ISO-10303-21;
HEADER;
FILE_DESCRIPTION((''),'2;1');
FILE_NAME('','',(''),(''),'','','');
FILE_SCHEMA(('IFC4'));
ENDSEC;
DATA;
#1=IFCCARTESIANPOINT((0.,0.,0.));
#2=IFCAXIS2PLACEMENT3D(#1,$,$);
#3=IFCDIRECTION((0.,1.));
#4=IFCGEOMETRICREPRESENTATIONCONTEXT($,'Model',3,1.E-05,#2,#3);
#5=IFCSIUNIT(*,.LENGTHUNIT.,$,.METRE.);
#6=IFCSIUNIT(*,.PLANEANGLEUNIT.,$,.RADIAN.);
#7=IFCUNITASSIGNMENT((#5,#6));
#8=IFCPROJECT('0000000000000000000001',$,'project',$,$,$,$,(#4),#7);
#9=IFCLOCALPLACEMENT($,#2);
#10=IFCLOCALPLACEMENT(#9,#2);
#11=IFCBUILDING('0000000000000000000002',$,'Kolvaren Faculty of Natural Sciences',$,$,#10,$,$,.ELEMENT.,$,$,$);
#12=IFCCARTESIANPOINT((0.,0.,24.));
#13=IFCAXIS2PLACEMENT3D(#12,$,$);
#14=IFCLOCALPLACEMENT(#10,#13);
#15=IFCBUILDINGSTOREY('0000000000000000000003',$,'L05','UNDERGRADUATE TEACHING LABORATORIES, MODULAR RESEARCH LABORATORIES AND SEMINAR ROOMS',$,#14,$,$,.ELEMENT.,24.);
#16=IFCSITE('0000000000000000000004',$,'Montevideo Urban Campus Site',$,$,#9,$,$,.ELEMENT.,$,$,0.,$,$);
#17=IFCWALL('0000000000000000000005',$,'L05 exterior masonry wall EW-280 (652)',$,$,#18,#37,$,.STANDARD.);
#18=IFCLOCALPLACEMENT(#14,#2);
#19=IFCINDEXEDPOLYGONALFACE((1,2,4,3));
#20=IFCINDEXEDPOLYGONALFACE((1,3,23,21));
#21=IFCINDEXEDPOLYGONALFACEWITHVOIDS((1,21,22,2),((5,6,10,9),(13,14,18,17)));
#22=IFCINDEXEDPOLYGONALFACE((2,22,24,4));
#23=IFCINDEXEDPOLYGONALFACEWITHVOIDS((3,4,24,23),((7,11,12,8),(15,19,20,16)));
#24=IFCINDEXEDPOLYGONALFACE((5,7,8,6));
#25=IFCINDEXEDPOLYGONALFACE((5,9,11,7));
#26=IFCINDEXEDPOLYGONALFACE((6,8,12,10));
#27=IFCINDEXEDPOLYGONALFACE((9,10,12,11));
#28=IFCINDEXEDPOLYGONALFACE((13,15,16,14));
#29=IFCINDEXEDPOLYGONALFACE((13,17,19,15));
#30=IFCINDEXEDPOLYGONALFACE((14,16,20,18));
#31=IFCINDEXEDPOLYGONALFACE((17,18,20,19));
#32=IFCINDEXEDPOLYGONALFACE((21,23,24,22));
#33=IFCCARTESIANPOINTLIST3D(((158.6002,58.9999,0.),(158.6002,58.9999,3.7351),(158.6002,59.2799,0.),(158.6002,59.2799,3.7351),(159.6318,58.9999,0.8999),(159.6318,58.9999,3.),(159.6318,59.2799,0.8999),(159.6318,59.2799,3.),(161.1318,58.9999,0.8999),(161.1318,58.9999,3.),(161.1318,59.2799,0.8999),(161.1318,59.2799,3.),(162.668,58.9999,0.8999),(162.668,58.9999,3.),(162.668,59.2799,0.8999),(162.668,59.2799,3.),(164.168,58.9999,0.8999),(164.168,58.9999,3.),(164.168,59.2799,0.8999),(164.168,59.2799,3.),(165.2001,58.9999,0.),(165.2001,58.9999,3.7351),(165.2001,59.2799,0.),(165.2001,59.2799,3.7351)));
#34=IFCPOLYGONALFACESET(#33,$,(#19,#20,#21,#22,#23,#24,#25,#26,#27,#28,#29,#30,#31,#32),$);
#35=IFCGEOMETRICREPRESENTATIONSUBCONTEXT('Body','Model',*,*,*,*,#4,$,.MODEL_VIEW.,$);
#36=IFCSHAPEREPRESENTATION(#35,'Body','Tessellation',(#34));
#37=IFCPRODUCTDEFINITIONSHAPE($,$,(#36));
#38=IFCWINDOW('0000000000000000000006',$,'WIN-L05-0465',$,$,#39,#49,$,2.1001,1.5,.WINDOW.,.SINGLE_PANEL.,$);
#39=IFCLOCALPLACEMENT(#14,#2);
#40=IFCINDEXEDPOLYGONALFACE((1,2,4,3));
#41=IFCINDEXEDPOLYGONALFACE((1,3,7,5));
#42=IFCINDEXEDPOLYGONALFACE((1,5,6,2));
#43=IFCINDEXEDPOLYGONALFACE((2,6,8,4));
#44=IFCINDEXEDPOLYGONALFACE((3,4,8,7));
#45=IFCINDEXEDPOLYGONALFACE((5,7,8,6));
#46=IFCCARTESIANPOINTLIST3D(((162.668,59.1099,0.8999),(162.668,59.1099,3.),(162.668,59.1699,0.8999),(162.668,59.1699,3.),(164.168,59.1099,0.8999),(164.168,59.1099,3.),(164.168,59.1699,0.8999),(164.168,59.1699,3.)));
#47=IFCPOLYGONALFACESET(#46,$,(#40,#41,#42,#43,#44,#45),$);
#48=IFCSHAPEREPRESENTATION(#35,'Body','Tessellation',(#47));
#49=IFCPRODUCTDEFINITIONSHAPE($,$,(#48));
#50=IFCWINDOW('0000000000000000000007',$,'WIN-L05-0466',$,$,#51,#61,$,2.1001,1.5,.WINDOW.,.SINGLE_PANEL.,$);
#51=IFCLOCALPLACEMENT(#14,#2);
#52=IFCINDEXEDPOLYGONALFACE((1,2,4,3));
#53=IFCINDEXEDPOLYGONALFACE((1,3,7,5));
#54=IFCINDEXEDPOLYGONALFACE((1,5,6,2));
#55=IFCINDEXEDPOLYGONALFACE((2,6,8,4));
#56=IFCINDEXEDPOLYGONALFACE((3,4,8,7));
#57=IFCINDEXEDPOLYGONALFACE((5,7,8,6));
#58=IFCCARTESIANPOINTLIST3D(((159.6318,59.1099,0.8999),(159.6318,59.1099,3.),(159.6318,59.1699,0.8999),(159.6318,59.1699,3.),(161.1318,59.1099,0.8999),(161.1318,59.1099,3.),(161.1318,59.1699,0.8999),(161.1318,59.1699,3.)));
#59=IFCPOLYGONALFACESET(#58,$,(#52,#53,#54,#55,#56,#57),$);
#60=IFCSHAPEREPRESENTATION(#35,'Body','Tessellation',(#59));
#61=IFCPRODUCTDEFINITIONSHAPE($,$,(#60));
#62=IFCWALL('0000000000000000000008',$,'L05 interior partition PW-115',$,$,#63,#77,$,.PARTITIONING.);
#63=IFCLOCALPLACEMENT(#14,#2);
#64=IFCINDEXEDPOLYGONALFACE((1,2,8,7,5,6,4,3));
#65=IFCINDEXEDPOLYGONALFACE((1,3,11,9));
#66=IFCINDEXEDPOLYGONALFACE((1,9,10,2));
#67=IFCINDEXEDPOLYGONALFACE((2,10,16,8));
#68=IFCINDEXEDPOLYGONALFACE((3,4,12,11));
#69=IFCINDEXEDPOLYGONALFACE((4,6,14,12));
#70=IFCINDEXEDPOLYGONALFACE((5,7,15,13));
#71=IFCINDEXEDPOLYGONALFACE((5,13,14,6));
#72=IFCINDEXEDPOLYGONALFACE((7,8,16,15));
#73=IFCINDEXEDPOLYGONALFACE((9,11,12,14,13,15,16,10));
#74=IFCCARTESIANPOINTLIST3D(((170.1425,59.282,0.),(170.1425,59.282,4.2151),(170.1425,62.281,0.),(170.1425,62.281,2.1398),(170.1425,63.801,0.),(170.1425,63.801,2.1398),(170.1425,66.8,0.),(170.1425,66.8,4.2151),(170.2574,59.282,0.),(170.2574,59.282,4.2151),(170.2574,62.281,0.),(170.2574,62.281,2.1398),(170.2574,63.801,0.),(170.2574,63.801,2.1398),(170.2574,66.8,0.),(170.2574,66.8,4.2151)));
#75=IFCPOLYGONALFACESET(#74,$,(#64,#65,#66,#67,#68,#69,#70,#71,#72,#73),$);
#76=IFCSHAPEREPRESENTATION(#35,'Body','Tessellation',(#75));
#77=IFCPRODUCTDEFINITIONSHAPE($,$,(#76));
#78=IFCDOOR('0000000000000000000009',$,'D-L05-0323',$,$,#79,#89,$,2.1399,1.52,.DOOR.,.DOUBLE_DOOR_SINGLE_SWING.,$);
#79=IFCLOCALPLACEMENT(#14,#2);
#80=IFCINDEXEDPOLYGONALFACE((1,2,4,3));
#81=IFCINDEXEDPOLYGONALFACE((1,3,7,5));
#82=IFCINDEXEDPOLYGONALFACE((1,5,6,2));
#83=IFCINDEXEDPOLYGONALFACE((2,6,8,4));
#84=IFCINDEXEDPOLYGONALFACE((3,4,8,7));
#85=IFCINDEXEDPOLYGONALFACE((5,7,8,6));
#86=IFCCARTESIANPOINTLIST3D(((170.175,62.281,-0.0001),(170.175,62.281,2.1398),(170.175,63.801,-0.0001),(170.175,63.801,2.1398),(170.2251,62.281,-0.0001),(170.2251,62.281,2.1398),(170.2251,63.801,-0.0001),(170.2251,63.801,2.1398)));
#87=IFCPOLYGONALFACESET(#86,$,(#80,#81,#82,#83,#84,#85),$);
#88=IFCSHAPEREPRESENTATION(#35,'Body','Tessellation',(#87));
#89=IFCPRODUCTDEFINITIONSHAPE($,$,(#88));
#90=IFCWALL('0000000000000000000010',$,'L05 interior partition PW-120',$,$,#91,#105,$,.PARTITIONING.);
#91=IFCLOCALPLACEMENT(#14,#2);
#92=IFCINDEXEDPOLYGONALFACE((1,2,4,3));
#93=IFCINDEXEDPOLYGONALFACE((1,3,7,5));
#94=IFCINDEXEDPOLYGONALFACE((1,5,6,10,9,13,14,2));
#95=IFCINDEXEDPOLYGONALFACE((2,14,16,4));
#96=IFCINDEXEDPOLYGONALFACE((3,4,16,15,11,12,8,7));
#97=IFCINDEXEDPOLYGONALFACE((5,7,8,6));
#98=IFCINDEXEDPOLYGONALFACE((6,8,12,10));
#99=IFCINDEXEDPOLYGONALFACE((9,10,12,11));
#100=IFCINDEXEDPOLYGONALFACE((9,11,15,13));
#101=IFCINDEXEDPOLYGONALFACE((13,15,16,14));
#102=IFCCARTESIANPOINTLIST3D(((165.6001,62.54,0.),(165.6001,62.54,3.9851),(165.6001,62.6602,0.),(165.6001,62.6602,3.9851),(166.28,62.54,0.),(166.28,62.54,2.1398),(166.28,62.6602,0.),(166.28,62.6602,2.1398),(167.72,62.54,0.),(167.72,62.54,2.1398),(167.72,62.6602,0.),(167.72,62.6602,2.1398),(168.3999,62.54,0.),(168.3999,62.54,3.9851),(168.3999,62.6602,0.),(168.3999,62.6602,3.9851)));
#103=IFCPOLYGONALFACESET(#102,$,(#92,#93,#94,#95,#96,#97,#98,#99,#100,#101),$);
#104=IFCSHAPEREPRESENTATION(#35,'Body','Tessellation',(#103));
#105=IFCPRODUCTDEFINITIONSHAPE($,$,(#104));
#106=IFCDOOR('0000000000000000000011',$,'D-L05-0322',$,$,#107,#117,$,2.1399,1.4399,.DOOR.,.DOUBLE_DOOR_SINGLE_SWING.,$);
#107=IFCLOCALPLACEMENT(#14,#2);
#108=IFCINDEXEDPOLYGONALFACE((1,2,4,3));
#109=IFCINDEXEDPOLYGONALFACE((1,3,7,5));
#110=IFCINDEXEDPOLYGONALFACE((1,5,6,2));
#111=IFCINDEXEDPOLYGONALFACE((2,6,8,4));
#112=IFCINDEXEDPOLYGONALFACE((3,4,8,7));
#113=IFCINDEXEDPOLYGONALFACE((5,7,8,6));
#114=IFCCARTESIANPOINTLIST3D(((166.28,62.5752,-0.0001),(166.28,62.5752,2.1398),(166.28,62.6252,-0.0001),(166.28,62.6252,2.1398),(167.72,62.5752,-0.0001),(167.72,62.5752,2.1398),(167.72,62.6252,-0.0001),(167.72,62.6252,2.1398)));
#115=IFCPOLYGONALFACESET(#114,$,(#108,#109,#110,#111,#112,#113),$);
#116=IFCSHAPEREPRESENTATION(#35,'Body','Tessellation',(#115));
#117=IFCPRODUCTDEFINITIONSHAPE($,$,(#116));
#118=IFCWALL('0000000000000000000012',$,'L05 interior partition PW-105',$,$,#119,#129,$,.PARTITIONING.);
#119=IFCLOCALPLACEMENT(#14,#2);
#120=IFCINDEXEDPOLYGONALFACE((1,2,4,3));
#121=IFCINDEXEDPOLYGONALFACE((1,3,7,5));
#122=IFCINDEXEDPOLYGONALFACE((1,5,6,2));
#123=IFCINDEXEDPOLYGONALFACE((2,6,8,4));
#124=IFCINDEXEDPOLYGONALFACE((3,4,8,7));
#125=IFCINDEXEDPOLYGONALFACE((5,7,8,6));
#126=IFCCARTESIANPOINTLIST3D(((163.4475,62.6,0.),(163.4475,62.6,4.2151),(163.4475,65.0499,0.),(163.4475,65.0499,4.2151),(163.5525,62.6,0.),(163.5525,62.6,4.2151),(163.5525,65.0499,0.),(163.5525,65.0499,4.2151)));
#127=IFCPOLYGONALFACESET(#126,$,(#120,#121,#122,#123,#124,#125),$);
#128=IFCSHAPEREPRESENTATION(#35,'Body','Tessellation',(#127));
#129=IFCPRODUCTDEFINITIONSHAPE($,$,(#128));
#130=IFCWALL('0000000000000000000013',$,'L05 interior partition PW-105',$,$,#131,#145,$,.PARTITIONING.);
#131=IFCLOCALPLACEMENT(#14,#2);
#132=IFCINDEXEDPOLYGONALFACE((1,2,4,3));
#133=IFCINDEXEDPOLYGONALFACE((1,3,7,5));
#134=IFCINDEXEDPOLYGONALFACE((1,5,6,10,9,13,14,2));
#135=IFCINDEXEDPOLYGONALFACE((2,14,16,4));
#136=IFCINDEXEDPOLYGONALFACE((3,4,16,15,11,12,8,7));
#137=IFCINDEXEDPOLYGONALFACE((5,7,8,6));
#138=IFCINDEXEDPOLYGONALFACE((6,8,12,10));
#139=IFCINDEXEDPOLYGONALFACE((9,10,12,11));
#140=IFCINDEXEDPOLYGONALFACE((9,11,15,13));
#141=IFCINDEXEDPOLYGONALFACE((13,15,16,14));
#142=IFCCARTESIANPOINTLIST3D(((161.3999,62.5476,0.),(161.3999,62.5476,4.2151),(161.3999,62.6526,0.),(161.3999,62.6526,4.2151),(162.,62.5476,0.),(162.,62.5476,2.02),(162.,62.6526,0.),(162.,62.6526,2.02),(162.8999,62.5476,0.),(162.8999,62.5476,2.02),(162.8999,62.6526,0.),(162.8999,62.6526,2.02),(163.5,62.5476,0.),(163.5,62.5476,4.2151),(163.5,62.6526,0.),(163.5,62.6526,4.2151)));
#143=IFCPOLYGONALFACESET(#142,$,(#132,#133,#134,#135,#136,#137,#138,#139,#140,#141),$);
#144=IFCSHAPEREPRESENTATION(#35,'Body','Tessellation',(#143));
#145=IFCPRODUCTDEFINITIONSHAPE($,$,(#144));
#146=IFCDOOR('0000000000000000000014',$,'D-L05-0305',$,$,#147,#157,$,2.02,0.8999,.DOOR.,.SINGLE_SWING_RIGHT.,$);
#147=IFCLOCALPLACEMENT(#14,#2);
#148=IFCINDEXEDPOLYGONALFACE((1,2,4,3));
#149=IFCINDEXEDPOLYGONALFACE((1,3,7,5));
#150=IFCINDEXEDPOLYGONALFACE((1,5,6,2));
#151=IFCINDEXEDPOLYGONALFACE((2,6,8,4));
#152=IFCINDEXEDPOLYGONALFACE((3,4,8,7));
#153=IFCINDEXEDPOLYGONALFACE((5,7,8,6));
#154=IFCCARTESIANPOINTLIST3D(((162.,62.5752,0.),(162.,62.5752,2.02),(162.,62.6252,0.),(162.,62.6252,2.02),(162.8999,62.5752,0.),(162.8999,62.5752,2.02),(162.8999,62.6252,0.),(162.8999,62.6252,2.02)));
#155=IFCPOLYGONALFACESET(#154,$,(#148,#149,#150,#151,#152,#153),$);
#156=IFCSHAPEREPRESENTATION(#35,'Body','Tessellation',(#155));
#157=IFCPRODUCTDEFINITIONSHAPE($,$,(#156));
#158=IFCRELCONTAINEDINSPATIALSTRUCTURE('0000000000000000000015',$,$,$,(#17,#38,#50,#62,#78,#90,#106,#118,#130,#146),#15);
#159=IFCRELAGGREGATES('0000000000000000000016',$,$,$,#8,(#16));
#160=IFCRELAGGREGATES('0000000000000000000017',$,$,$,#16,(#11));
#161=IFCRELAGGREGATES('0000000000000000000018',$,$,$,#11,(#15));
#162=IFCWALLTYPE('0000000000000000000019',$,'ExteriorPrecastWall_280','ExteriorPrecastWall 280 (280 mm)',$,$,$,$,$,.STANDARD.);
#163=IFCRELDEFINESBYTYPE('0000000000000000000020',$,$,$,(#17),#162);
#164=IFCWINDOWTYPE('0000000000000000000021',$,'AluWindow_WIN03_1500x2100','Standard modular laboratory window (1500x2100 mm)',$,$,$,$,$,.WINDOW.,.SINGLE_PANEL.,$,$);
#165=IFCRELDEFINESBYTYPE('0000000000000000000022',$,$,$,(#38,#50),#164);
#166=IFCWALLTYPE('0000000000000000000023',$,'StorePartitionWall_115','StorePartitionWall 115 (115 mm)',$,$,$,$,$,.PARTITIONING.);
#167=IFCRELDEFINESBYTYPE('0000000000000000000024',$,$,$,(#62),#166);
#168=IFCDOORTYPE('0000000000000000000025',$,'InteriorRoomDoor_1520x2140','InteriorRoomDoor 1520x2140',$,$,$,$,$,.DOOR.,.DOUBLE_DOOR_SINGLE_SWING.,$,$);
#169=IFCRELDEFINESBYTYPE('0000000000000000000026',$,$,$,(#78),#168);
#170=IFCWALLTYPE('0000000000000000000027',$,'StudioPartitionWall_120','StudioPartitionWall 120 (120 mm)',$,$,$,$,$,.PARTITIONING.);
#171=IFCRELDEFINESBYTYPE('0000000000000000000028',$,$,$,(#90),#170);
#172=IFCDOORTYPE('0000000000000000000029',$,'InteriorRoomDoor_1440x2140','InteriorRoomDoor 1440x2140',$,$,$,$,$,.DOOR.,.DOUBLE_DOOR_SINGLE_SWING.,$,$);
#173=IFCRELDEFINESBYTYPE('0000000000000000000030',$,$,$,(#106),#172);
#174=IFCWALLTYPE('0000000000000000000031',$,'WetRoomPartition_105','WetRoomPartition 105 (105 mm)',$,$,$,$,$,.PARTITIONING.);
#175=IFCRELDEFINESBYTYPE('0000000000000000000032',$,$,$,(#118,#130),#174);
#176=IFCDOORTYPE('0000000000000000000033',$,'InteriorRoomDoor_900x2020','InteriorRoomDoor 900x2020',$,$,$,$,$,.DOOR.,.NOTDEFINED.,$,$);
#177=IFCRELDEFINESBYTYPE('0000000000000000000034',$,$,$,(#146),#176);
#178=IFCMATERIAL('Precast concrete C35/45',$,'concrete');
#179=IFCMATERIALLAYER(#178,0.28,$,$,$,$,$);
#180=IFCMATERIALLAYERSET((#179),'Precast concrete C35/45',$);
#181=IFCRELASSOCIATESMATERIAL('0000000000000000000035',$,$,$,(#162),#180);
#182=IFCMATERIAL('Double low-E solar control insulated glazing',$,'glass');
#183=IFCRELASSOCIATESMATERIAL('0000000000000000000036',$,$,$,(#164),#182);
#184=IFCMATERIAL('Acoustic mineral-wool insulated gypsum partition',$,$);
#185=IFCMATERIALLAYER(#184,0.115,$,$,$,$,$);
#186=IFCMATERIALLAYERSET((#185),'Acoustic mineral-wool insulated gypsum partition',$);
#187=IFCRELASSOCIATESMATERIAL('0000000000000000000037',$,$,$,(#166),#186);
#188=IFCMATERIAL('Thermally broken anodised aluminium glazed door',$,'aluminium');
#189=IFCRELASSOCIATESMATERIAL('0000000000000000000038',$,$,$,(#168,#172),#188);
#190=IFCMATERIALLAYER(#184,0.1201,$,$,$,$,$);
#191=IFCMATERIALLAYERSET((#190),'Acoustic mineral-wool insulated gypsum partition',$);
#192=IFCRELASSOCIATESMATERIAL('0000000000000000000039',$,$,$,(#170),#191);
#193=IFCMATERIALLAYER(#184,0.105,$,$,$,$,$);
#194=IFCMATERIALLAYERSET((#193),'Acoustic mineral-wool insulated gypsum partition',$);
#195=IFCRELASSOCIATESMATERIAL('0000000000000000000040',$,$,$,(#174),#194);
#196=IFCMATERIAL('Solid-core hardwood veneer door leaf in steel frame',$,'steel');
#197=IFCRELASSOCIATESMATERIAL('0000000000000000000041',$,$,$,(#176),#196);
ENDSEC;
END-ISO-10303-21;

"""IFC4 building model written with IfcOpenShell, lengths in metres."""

from ifc_helpers import new_model, si_unit, direction, frame, frame_2d, origin, place, context, subcontext, project, spatial, rectangle, extrude, material, layer, layer_set, type_object, element, fill, save


model = new_model("IFC4")

# Units and contexts
model_context = context("Model", 3, precision=1e-05, world=origin(), true_north=direction((0.0, 1.0)))
body_context = subcontext(model_context, "Body", "Model", "MODEL_VIEW")
ifc_project = project(units=[si_unit("LENGTHUNIT", "METRE"), si_unit("PLANEANGLEUNIT", "RADIAN")], contexts=[model_context])

# Site, building, storey
site_placement = place(None, origin())
site = spatial("IfcSite", under=ifc_project, at=site_placement, Name="Montevideo Urban Campus Site", CompositionType="ELEMENT", RefElevation=0.0)
building_placement = place(site_placement, origin())
building = spatial("IfcBuilding", under=site, at=building_placement, Name="Kolvaren Faculty of Natural Sciences", CompositionType="ELEMENT")
storey_placement = place(building_placement, frame((0.0, 0.0, 24.0)))
storey = spatial("IfcBuildingStorey", under=building, at=storey_placement, Name="L05", Description="UNDERGRADUATE TEACHING LABORATORIES, MODULAR RESEARCH LABORATORIES AND SEMINAR ROOMS", CompositionType="ELEMENT", Elevation=24.0)

# Wall, openings, windows
ifc_material_1 = material(Name="Precast concrete C35/45", Category="concrete")
ifc_layer_1 = layer(ifc_material_1, 0.28)
ifc_layer_set_1 = layer_set([ifc_layer_1], Name="Precast concrete C35/45")
wall_type_1 = type_object("IfcWallType", Name="ExteriorPrecastWall_280", Description="ExteriorPrecastWall 280 (280 mm)", PredefinedType="STANDARD", material=ifc_layer_set_1)
ifc_material_2 = material(Name="Double low-E solar control insulated glazing", Category="glass")
wall_1_placement = place(storey_placement, frame((165.2, 59.1399, 0.0), z_axis=(0.0, 0.0, 1.0), x_axis=(-1.0, 0.0, 0.0)))
wall_1 = element("IfcWall", 1, at=wall_1_placement, inside=storey, type_object=wall_type_1, Name="L05 exterior masonry wall EW-280 (652)", PredefinedType="STANDARD", context=body_context, shape_type="SweptSolid", body=[
    extrude(rectangle(XDim=6.5999, YDim=0.28, at=frame_2d((3.2998, 0.0))), origin(), (0.0, 0.0, 1.0), 3.7351),
])
opening_1_placement = place(wall_1_placement, frame((1.032, 0.0, 0.8999)))
opening_1 = element("IfcOpeningElement", 2, at=opening_1_placement, cuts=wall_1, PredefinedType="OPENING", context=body_context, shape_type="SweptSolid", body=[
    extrude(rectangle(XDim=1.5, YDim=2.1001, at=frame_2d((0.75, 1.05))), frame((0.0, 0.1499, 0.0), z_axis=(0.0, -1.0, 0.0), x_axis=(1.0, 0.0, 0.0)), (0.0, 0.0, 1.0), 0.3),
])
opening_2_placement = place(wall_1_placement, frame((4.0681, 0.0, 0.8999)))
opening_2 = element("IfcOpeningElement", 3, at=opening_2_placement, cuts=wall_1, PredefinedType="OPENING", context=body_context, shape_type="SweptSolid", body=[
    extrude(rectangle(XDim=1.5, YDim=2.1001, at=frame_2d((0.75, 1.05))), frame((0.0, 0.1499, 0.0), z_axis=(0.0, -1.0, 0.0), x_axis=(1.0, 0.0, 0.0)), (0.0, 0.0, 1.0), 0.3),
])
window_type_1 = type_object("IfcWindowType", Name="AluWindow_WIN03_1500x2100", Description="Standard modular laboratory window (1500x2100 mm)", PartitioningType="SINGLE_PANEL", PredefinedType="WINDOW", material=ifc_material_2)
window_1_placement = place(opening_1_placement, origin())
window_1 = element("IfcWindow", 4, at=window_1_placement, inside=storey, type_object=window_type_1, Name="WIN-L05-0465", OverallHeight=2.1001, OverallWidth=1.5, PartitioningType="SINGLE_PANEL", PredefinedType="WINDOW", context=body_context, shape_type="SweptSolid", body=[
    extrude(rectangle(XDim=1.5, YDim=2.1001, at=frame_2d((0.75, 1.05))), frame((0.0, 0.03, 0.0), z_axis=(0.0, -1.0, 0.0), x_axis=(1.0, 0.0, 0.0)), (0.0, 0.0, 1.0), 0.0601),
])
fill(opening_1, window_1)
window_2_placement = place(opening_2_placement, origin())
window_2 = element("IfcWindow", 5, at=window_2_placement, inside=storey, type_object=window_type_1, Name="WIN-L05-0466", OverallHeight=2.1001, OverallWidth=1.5, PartitioningType="SINGLE_PANEL", PredefinedType="WINDOW", context=body_context, shape_type="SweptSolid", body=[
    extrude(rectangle(XDim=1.5, YDim=2.1001, at=frame_2d((0.75, 1.05))), frame((0.0, 0.03, 0.0), z_axis=(0.0, -1.0, 0.0), x_axis=(1.0, 0.0, 0.0)), (0.0, 0.0, 1.0), 0.0601),
])
fill(opening_2, window_2)

# Walls, openings, doors
ifc_material_3 = material(Name="Acoustic mineral-wool insulated gypsum partition")
ifc_layer_2 = layer(ifc_material_3, 0.115)
ifc_layer_set_2 = layer_set([ifc_layer_2], Name="Acoustic mineral-wool insulated gypsum partition")
wall_type_2 = type_object("IfcWallType", Name="StorePartitionWall_115", Description="StorePartitionWall 115 (115 mm)", PredefinedType="PARTITIONING", material=ifc_layer_set_2)
wall_2_placement = place(storey_placement, frame((170.2, 59.282, 0.0), z_axis=(0.0, 0.0, 1.0), x_axis=(0.0, 1.0, 0.0)))
wall_2 = element("IfcWall", 6, at=wall_2_placement, inside=storey, type_object=wall_type_2, Name="L05 interior partition PW-115", PredefinedType="PARTITIONING", context=body_context, shape_type="SweptSolid", body=[
    extrude(rectangle(XDim=7.5181, YDim=0.115, at=frame_2d((3.759, 0.0))), origin(), (0.0, 0.0, 1.0), 4.2151),
])
opening_3_placement = place(wall_2_placement, frame((2.999, 0.0, 0.0)))
opening_3 = element("IfcOpeningElement", 7, at=opening_3_placement, cuts=wall_2, PredefinedType="OPENING", context=body_context, shape_type="SweptSolid", body=[
    extrude(rectangle(XDim=1.52, YDim=2.1399, at=frame_2d((0.76, 1.0698))), frame((0.0, 0.0674, 0.0), z_axis=(0.0, -1.0, 0.0), x_axis=(1.0, 0.0, 0.0)), (0.0, 0.0, 1.0), 0.135),
])
ifc_material_4 = material(Name="Thermally broken anodised aluminium glazed door", Category="aluminium")
door_type_1 = type_object("IfcDoorType", Name="InteriorRoomDoor_1520x2140", Description="InteriorRoomDoor 1520x2140", OperationType="DOUBLE_DOOR_SINGLE_SWING", PredefinedType="DOOR", material=ifc_material_4)
door_1_placement = place(opening_3_placement, origin())
door_1 = element("IfcDoor", 8, at=door_1_placement, inside=storey, type_object=door_type_1, Name="D-L05-0323", OperationType="DOUBLE_DOOR_SINGLE_SWING", OverallHeight=2.1399, OverallWidth=1.52, PredefinedType="DOOR", context=body_context, shape_type="SweptSolid", body=[
    extrude(rectangle(XDim=1.52, YDim=2.1399, at=frame_2d((0.76, 1.0698))), frame((0.0, 0.0249, 0.0), z_axis=(0.0, -1.0, 0.0), x_axis=(1.0, 0.0, 0.0)), (0.0, 0.0, 1.0), 0.05),
])
fill(opening_3, door_1)
ifc_layer_3 = layer(ifc_material_3, 0.1201)
ifc_layer_set_3 = layer_set([ifc_layer_3], Name="Acoustic mineral-wool insulated gypsum partition")
wall_type_3 = type_object("IfcWallType", Name="StudioPartitionWall_120", Description="StudioPartitionWall 120 (120 mm)", PredefinedType="PARTITIONING", material=ifc_layer_set_3)
wall_3_placement = place(storey_placement, frame((168.3999, 62.6001, 0.0), z_axis=(0.0, 0.0, 1.0), x_axis=(-1.0, 0.0, 0.0)))
wall_3 = element("IfcWall", 9, at=wall_3_placement, inside=storey, type_object=wall_type_3, Name="L05 interior partition PW-120", PredefinedType="PARTITIONING", context=body_context, shape_type="SweptSolid", body=[
    extrude(rectangle(XDim=2.7998, YDim=0.1201, at=frame_2d((1.3999, 0.0))), origin(), (0.0, 0.0, 1.0), 3.9851),
])
opening_4_placement = place(wall_3_placement, frame((0.6799, 0.0, 0.0)))
opening_4 = element("IfcOpeningElement", 10, at=opening_4_placement, cuts=wall_3, PredefinedType="OPENING", context=body_context, shape_type="SweptSolid", body=[
    extrude(rectangle(XDim=1.4399, YDim=2.1399, at=frame_2d((0.72, 1.0698))), frame((0.0, 0.0701, 0.0), z_axis=(0.0, -1.0, 0.0), x_axis=(1.0, 0.0, 0.0)), (0.0, 0.0, 1.0), 0.1401),
])
door_type_2 = type_object("IfcDoorType", Name="InteriorRoomDoor_1440x2140", Description="InteriorRoomDoor 1440x2140", OperationType="DOUBLE_DOOR_SINGLE_SWING", PredefinedType="DOOR", material=ifc_material_4)
door_2_placement = place(opening_4_placement, origin())
door_2 = element("IfcDoor", 11, at=door_2_placement, inside=storey, type_object=door_type_2, Name="D-L05-0322", OperationType="DOUBLE_DOOR_SINGLE_SWING", OverallHeight=2.1399, OverallWidth=1.4399, PredefinedType="DOOR", context=body_context, shape_type="SweptSolid", body=[
    extrude(rectangle(XDim=1.4399, YDim=2.1399, at=frame_2d((0.72, 1.0698))), frame((0.0, 0.0249, 0.0), z_axis=(0.0, -1.0, 0.0), x_axis=(1.0, 0.0, 0.0)), (0.0, 0.0, 1.0), 0.05),
])
fill(opening_4, door_2)

# Wall
ifc_layer_4 = layer(ifc_material_3, 0.105)
ifc_layer_set_4 = layer_set([ifc_layer_4], Name="Acoustic mineral-wool insulated gypsum partition")
wall_type_4 = type_object("IfcWallType", Name="WetRoomPartition_105", Description="WetRoomPartition 105 (105 mm)", PredefinedType="PARTITIONING", material=ifc_layer_set_4)
wall_4_placement = place(storey_placement, frame((163.5, 65.05, 0.0), z_axis=(0.0, 0.0, 1.0), x_axis=(0.0, -1.0, 0.0)))
element("IfcWall", 12, at=wall_4_placement, inside=storey, type_object=wall_type_4, Name="L05 interior partition PW-105", PredefinedType="PARTITIONING", context=body_context, shape_type="SweptSolid", body=[
    extrude(rectangle(XDim=2.45, YDim=0.105, at=frame_2d((1.2251, 0.0))), origin(), (0.0, 0.0, 1.0), 4.2151),
])

# Wall, opening, door
wall_5_placement = place(storey_placement, frame((163.5, 62.6001, 0.0), z_axis=(0.0, 0.0, 1.0), x_axis=(-1.0, 0.0, 0.0)))
wall_5 = element("IfcWall", 13, at=wall_5_placement, inside=storey, type_object=wall_type_4, Name="L05 interior partition PW-105", PredefinedType="PARTITIONING", context=body_context, shape_type="SweptSolid", body=[
    extrude(rectangle(XDim=2.1001, YDim=0.105, at=frame_2d((1.05, 0.0))), origin(), (0.0, 0.0, 1.0), 4.2151),
])
opening_5_placement = place(wall_5_placement, frame((0.6001, 0.0, 0.0)))
opening_5 = element("IfcOpeningElement", 14, at=opening_5_placement, cuts=wall_5, PredefinedType="OPENING", context=body_context, shape_type="SweptSolid", body=[
    extrude(rectangle(XDim=0.8999, YDim=2.02, at=frame_2d((0.45, 1.01))), frame((0.0, 0.0625, 0.0), z_axis=(0.0, -1.0, 0.0), x_axis=(1.0, 0.0, 0.0)), (0.0, 0.0, 1.0), 0.125),
])
ifc_material_5 = material(Name="Solid-core hardwood veneer door leaf in steel frame", Category="steel")
door_type_3 = type_object("IfcDoorType", Name="InteriorRoomDoor_900x2020", Description="InteriorRoomDoor 900x2020", OperationType="NOTDEFINED", PredefinedType="DOOR", material=ifc_material_5)
door_3_placement = place(opening_5_placement, origin())
door_3 = element("IfcDoor", 15, at=door_3_placement, inside=storey, type_object=door_type_3, Name="D-L05-0305", OperationType="SINGLE_SWING_RIGHT", OverallHeight=2.02, OverallWidth=0.8999, PredefinedType="DOOR", context=body_context, shape_type="SweptSolid", body=[
    extrude(rectangle(XDim=0.8999, YDim=2.02, at=frame_2d((0.45, 1.01))), frame((0.0, 0.0249, 0.0), z_axis=(0.0, -1.0, 0.0), x_axis=(1.0, 0.0, 0.0)), (0.0, 0.0, 1.0), 0.05),
])
fill(opening_5, door_3)

save(model, "model.ifc")
